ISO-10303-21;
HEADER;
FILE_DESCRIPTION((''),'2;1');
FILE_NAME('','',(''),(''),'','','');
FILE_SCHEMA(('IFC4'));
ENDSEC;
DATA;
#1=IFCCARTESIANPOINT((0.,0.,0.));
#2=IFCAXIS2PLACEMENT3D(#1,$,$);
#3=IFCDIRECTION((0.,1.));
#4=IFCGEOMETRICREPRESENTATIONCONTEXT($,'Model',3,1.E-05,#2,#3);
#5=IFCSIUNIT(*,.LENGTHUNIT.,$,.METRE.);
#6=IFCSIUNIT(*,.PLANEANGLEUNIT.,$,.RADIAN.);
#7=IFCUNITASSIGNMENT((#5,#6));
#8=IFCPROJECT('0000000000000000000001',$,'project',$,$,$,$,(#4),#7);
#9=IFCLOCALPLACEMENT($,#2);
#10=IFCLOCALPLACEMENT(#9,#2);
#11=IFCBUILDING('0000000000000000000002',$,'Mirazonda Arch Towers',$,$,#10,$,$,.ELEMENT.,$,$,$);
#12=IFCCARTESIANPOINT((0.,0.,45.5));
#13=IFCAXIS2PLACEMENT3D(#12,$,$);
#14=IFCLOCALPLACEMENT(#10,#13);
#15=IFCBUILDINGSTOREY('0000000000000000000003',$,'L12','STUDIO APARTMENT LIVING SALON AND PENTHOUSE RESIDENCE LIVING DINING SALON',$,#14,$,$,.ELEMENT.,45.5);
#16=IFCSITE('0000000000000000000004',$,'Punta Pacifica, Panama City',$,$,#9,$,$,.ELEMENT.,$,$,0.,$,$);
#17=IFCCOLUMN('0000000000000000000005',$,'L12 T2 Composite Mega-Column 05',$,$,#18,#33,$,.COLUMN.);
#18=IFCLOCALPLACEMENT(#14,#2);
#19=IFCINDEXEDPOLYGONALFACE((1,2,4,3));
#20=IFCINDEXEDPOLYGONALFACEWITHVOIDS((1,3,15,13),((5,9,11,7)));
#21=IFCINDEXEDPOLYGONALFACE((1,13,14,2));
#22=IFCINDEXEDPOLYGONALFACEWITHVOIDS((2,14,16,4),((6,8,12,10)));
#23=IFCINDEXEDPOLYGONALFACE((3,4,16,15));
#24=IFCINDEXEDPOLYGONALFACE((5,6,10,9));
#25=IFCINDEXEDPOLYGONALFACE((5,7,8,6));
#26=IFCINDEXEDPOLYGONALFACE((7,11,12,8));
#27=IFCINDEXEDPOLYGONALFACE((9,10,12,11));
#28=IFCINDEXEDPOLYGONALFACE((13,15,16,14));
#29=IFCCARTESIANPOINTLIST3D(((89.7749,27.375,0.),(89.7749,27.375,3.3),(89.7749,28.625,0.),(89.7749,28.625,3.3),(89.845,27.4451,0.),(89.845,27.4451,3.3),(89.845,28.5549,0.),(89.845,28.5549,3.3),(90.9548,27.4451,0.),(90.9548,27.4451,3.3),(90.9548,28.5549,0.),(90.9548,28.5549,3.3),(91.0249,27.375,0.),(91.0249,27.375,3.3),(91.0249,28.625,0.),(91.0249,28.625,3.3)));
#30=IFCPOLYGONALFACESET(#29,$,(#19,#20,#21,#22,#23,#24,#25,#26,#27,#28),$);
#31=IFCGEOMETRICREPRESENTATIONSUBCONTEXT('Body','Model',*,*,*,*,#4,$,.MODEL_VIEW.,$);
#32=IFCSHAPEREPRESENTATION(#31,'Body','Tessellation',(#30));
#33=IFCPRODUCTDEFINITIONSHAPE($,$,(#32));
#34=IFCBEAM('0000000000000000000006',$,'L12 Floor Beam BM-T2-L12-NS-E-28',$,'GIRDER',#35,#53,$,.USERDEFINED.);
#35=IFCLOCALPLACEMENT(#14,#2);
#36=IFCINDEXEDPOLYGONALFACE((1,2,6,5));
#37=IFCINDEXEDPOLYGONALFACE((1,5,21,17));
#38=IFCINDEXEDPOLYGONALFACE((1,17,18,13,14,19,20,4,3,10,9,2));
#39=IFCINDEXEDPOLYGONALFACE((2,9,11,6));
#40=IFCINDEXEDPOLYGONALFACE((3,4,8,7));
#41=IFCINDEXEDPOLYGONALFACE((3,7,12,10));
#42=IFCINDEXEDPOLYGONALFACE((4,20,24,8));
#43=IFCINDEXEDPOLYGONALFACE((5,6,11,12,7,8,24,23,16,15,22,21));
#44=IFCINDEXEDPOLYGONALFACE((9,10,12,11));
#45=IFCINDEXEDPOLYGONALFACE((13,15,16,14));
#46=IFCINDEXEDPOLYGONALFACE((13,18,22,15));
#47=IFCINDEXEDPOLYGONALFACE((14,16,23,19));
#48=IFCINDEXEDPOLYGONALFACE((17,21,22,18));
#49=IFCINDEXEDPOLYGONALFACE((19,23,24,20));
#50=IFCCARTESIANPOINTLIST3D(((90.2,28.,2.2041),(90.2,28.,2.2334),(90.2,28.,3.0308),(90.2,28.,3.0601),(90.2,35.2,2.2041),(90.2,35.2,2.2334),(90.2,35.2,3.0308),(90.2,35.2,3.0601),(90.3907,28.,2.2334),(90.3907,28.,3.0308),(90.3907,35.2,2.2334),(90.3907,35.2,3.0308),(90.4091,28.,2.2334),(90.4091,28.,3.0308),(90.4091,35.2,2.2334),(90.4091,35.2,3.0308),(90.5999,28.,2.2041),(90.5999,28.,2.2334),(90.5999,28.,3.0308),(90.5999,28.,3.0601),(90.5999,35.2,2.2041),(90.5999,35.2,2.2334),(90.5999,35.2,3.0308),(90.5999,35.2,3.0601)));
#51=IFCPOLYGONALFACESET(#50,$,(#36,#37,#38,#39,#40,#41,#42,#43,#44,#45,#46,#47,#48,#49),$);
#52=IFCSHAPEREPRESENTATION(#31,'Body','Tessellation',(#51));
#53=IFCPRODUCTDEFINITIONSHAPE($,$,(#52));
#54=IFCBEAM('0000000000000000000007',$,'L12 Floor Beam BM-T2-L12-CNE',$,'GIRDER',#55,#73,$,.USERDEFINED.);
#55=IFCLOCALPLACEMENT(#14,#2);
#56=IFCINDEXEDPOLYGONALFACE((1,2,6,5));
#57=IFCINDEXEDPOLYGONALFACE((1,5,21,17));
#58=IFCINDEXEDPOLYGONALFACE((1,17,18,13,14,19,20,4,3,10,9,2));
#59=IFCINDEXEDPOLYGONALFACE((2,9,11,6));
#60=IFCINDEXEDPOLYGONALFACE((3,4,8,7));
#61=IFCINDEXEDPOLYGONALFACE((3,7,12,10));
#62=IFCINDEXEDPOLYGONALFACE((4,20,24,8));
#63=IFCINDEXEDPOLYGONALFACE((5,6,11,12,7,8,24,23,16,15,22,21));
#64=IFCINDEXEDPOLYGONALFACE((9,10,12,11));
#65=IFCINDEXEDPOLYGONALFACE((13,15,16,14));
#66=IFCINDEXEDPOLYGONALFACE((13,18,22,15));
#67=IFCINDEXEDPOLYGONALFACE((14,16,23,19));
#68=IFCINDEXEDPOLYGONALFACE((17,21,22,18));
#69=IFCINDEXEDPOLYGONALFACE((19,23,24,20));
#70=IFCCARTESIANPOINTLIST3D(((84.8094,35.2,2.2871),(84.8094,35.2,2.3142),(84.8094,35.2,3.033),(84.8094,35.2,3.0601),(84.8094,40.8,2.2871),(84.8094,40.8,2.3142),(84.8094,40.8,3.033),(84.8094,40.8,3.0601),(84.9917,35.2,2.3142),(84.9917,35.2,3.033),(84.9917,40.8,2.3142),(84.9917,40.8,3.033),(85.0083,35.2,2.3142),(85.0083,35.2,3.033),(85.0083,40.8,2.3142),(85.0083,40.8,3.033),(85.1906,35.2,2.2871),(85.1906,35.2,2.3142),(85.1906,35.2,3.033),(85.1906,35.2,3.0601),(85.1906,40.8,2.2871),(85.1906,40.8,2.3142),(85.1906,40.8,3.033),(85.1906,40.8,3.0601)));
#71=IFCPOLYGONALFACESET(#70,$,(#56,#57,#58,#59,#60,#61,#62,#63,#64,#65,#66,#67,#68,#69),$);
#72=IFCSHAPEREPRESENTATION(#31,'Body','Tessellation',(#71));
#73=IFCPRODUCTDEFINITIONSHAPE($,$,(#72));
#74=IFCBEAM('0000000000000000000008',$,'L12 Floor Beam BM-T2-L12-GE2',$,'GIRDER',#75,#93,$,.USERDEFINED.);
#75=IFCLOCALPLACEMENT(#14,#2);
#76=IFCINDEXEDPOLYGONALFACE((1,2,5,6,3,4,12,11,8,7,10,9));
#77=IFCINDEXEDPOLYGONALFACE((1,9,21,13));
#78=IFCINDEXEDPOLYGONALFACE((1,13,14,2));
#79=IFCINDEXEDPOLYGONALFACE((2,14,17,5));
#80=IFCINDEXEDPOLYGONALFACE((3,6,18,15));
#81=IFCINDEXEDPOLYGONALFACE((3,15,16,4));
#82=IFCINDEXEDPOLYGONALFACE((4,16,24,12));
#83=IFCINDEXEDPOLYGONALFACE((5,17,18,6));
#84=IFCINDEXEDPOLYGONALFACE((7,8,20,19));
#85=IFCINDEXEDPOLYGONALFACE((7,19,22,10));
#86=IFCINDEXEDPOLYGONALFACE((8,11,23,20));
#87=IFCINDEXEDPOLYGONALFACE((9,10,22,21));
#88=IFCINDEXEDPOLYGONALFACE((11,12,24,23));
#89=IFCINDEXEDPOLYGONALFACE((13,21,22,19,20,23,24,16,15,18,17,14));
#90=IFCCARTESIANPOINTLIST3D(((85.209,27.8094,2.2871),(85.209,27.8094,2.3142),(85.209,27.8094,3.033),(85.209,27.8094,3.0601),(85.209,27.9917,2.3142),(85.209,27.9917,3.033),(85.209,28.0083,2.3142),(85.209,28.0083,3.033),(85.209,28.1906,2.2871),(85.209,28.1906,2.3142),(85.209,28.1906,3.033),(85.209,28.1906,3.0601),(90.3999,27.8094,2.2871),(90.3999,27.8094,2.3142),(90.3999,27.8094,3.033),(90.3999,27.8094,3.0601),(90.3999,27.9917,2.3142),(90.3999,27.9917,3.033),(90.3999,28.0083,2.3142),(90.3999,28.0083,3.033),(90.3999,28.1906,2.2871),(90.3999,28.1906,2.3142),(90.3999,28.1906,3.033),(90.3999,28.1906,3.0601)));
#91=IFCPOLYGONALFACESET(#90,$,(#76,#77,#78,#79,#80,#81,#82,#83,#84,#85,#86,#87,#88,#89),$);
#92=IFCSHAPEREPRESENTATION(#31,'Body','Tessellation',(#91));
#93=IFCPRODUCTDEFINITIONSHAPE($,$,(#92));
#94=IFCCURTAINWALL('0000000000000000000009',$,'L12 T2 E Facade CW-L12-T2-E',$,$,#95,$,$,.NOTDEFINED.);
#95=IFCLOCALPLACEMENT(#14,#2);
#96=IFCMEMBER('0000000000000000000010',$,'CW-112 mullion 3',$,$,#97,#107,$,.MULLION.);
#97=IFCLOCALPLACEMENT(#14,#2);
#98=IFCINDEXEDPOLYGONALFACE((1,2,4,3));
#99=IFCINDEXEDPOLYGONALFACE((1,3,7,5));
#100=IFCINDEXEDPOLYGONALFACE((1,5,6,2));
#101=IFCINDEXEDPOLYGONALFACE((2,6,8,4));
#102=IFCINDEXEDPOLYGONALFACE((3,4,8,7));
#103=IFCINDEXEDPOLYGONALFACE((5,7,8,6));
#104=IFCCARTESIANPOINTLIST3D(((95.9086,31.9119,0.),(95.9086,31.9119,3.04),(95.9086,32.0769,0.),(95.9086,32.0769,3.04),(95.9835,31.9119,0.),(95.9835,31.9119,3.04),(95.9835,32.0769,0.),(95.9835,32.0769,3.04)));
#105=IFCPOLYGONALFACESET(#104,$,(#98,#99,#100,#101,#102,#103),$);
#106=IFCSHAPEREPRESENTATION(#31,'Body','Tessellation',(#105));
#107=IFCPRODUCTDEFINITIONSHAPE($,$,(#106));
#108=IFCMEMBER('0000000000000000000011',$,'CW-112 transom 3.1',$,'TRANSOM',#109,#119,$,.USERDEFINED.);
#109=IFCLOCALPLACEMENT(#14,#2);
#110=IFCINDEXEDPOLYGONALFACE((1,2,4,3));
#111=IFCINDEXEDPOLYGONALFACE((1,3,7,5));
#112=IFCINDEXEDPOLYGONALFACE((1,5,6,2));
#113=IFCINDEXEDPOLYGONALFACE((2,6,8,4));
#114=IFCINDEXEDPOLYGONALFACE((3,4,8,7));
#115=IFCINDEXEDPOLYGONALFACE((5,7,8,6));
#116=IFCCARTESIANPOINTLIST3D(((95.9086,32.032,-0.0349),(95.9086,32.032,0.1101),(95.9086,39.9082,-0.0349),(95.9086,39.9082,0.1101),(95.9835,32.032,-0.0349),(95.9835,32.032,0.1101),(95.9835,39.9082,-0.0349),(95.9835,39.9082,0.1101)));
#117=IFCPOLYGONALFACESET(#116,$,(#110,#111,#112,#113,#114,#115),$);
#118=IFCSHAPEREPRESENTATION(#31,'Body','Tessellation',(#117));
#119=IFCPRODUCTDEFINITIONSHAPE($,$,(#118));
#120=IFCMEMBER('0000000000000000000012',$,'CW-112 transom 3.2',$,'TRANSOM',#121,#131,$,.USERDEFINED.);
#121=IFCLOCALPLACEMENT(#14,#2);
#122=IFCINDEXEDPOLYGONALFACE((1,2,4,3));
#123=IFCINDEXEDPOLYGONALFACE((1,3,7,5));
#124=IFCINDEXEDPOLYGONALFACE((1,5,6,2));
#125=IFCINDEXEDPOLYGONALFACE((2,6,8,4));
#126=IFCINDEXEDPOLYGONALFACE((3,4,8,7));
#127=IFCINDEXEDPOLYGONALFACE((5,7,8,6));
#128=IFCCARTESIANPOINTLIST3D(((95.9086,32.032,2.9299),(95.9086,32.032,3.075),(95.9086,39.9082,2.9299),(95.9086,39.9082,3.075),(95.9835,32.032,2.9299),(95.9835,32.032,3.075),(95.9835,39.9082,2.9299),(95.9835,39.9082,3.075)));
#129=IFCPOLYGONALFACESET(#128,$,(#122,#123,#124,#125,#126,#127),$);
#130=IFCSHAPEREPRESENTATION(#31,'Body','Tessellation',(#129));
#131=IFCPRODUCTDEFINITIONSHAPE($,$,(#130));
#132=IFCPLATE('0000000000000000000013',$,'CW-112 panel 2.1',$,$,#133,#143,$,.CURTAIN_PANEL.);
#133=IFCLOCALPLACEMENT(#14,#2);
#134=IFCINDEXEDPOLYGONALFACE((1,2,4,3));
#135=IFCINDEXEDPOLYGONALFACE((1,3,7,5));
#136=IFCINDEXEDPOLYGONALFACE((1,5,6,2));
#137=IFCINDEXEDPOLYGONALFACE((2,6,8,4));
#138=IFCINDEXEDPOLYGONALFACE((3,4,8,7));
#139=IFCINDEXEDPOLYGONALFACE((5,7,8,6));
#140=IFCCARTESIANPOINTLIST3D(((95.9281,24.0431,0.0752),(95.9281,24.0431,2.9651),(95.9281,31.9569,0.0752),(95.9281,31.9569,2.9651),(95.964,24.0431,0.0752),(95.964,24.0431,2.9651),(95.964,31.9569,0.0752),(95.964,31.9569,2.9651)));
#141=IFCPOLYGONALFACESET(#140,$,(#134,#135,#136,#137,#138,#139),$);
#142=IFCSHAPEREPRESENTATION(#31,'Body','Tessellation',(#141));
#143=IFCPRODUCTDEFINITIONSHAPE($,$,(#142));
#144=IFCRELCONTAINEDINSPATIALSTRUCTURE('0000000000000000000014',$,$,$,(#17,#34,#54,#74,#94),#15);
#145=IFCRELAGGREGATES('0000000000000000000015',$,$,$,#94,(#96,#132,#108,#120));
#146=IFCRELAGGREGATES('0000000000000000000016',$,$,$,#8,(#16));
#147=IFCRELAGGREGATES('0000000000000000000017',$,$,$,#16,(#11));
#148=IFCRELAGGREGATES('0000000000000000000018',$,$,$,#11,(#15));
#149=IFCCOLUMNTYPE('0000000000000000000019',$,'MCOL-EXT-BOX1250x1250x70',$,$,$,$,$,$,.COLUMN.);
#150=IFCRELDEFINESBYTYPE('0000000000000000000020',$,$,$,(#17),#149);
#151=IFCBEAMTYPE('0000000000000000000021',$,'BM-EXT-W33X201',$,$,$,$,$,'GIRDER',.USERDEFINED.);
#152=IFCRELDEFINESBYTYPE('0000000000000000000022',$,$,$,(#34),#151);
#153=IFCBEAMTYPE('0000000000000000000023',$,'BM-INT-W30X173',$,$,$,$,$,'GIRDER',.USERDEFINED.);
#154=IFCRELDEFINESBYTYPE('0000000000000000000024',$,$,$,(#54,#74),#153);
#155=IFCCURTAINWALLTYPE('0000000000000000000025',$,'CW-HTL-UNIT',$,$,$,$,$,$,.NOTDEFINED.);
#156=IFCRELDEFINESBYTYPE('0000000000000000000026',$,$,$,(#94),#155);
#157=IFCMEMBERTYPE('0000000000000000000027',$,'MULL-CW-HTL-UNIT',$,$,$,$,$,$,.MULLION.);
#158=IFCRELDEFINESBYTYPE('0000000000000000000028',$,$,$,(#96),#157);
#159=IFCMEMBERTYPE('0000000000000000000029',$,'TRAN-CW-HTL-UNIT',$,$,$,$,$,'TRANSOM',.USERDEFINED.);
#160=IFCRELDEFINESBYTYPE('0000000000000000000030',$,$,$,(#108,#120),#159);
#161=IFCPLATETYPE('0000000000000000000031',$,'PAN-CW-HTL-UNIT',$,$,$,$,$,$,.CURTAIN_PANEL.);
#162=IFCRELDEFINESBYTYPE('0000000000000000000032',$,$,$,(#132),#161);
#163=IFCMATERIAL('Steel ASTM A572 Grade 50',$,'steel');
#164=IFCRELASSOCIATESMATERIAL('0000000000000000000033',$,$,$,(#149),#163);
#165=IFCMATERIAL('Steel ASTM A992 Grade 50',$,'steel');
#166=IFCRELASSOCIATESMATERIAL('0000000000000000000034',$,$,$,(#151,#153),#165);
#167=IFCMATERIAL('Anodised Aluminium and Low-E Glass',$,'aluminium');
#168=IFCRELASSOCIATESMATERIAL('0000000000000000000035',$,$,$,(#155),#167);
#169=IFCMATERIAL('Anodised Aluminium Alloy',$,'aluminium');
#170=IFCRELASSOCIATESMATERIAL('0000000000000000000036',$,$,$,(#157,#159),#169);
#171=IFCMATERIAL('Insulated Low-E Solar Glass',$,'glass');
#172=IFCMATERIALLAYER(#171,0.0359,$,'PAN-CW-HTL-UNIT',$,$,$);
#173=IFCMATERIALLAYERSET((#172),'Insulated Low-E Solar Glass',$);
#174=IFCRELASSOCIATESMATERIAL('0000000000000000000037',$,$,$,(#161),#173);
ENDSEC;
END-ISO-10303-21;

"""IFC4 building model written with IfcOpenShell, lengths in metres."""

from ifc_helpers import new_model, si_unit, direction, frame, origin, origin_2d, place, context, subcontext, project, spatial, rectangle, hollow_rectangle, i_section, extrude, material, layer, layer_set, material_profile, profile_set, type_object, element, aggregate, save


model = new_model("IFC4")

# Units and contexts
model_context = context("Model", 3, precision=1e-05, world=origin(), true_north=direction((0.0, 1.0)))
body_context = subcontext(model_context, "Body", "Model", "MODEL_VIEW")
ifc_project = project(units=[si_unit("LENGTHUNIT", "METRE"), si_unit("PLANEANGLEUNIT", "RADIAN")], contexts=[model_context])

# Site, building, storey
site_placement = place(None, origin())
site = spatial("IfcSite", under=ifc_project, at=site_placement, Name="Punta Pacifica, Panama City", CompositionType="ELEMENT", RefElevation=0.0)
building_placement = place(site_placement, origin())
building = spatial("IfcBuilding", under=site, at=building_placement, Name="Mirazonda Arch Towers", CompositionType="ELEMENT")
storey_placement = place(building_placement, frame((0.0, 0.0, 45.5)))
storey = spatial("IfcBuildingStorey", under=building, at=storey_placement, Name="L12", Description="STUDIO APARTMENT LIVING SALON AND PENTHOUSE RESIDENCE LIVING DINING SALON", CompositionType="ELEMENT", Elevation=45.5)

# Column
ifc_material_1 = material(Name="Steel ASTM A572 Grade 50", Category="steel")
ifc_material_profile_1 = material_profile(ifc_material_1, hollow_rectangle(XDim=1.25, YDim=1.25, WallThickness=0.0701, at=origin_2d()), Name="BOX1250x1250x70")
ifc_profile_set_1 = profile_set([ifc_material_profile_1], Name="Steel ASTM A572 Grade 50")
column_type = type_object("IfcColumnType", Name="MCOL-EXT-BOX1250x1250x70", PredefinedType="COLUMN", material=ifc_profile_set_1)
column_placement = place(storey_placement, frame((90.3999, 28.0, 0.0), z_axis=(0.0, 0.0, 1.0), x_axis=(1.0, 0.0, 0.0)))
element("IfcColumn", 1, at=column_placement, inside=storey, type_object=column_type, Name="L12 T2 Composite Mega-Column 05", PredefinedType="COLUMN", context=body_context, shape_type="SweptSolid", body=[
    extrude(hollow_rectangle(XDim=1.25, YDim=1.25, WallThickness=0.0701, at=origin_2d()), origin(), (0.0, 0.0, 1.0), 3.3),
])

# Beams
ifc_material_2 = material(Name="Steel ASTM A992 Grade 50", Category="steel")
ifc_material_profile_2 = material_profile(ifc_material_2, i_section(OverallWidth=0.3999, OverallDepth=0.856, WebThickness=0.0183, FlangeThickness=0.0293, at=origin_2d()), Name="W33X201")
ifc_profile_set_2 = profile_set([ifc_material_profile_2], Name="Steel ASTM A992 Grade 50")
beam_type_1 = type_object("IfcBeamType", Name="BM-EXT-W33X201", ElementType="GIRDER", PredefinedType="USERDEFINED", material=ifc_profile_set_2)
beam_1_placement = place(storey_placement, frame((90.3999, 28.0, 2.6321), z_axis=(0.0, 1.0, 0.0), x_axis=(-1.0, 0.0, 0.0)))
element("IfcBeam", 2, at=beam_1_placement, inside=storey, type_object=beam_type_1, Name="L12 Floor Beam BM-T2-L12-NS-E-28", ObjectType="GIRDER", PredefinedType="USERDEFINED", context=body_context, shape_type="SweptSolid", body=[
    extrude(i_section(OverallWidth=0.3999, OverallDepth=0.856, WebThickness=0.0183, FlangeThickness=0.0293, at=origin_2d()), origin(), (0.0, 0.0, 1.0), 7.2),
])
ifc_material_profile_3 = material_profile(ifc_material_2, i_section(OverallWidth=0.3811, OverallDepth=0.7729, WebThickness=0.0166, FlangeThickness=0.0271, at=origin_2d()), Name="W30X173")
ifc_profile_set_3 = profile_set([ifc_material_profile_3], Name="Steel ASTM A992 Grade 50")
beam_type_2 = type_object("IfcBeamType", Name="BM-INT-W30X173", ElementType="GIRDER", PredefinedType="USERDEFINED", material=ifc_profile_set_3)
beam_2_placement = place(storey_placement, frame((85.0, 35.2, 2.6736), z_axis=(0.0, 1.0, 0.0), x_axis=(-1.0, 0.0, 0.0)))
element("IfcBeam", 3, at=beam_2_placement, inside=storey, type_object=beam_type_2, Name="L12 Floor Beam BM-T2-L12-CNE", ObjectType="GIRDER", PredefinedType="USERDEFINED", context=body_context, shape_type="SweptSolid", body=[
    extrude(i_section(OverallWidth=0.3811, OverallDepth=0.7729, WebThickness=0.0166, FlangeThickness=0.0271, at=origin_2d()), origin(), (0.0, 0.0, 1.0), 5.6001),
])
beam_3_placement = place(storey_placement, frame((85.209, 28.0, 2.6736), z_axis=(1.0, 0.0, 0.0), x_axis=(0.0, 1.0, 0.0)))
element("IfcBeam", 4, at=beam_3_placement, inside=storey, type_object=beam_type_2, Name="L12 Floor Beam BM-T2-L12-GE2", ObjectType="GIRDER", PredefinedType="USERDEFINED", context=body_context, shape_type="SweptSolid", body=[
    extrude(i_section(OverallWidth=0.3811, OverallDepth=0.7729, WebThickness=0.0166, FlangeThickness=0.0271, at=origin_2d()), origin(), (0.0, 0.0, 1.0), 5.1909),
])

# Curtain wall, members, plate
ifc_material_3 = material(Name="Anodised Aluminium and Low-E Glass", Category="aluminium")
curtain_wall_type = type_object("IfcCurtainWallType", Name="CW-HTL-UNIT", PredefinedType="NOTDEFINED", material=ifc_material_3)
curtain_wall_placement = place(storey_placement, origin())
curtain_wall = element("IfcCurtainWall", 5, at=curtain_wall_placement, inside=storey, type_object=curtain_wall_type, Name="L12 T2 E Facade CW-L12-T2-E", PredefinedType="NOTDEFINED")
ifc_material_4 = material(Name="Anodised Aluminium Alloy", Category="aluminium")
ifc_material_profile_4 = material_profile(ifc_material_4, rectangle(XDim=0.075, YDim=0.165, at=origin_2d()), Name="ALU-MULL-75x165")
ifc_profile_set_4 = profile_set([ifc_material_profile_4], Name="Anodised Aluminium Alloy")
member_type_1 = type_object("IfcMemberType", Name="MULL-CW-HTL-UNIT", PredefinedType="MULLION", material=ifc_profile_set_4)
member_1_placement = place(storey_placement, frame((95.946, 31.9944, 0.0), z_axis=(0.0, 0.0, 1.0), x_axis=(-1.0, 0.0, 0.0)))
member_1 = element("IfcMember", 6, at=member_1_placement, type_object=member_type_1, Name="CW-112 mullion 3", PredefinedType="MULLION", context=body_context, shape_type="SweptSolid", body=[
    extrude(rectangle(XDim=0.075, YDim=0.165, at=origin_2d()), origin(), (0.0, 0.0, 1.0), 3.04),
])
ifc_material_profile_5 = material_profile(ifc_material_4, rectangle(XDim=0.075, YDim=0.145, at=origin_2d()), Name="ALU-TRAN-75x145")
ifc_profile_set_5 = profile_set([ifc_material_profile_5], Name="Anodised Aluminium Alloy")
member_type_2 = type_object("IfcMemberType", Name="TRAN-CW-HTL-UNIT", ElementType="TRANSOM", PredefinedType="USERDEFINED", material=ifc_profile_set_5)
member_2_placement = place(storey_placement, frame((95.946, 32.032, 0.0376), z_axis=(0.0, 1.0, 0.0), x_axis=(-1.0, 0.0, 0.0)))
member_2 = element("IfcMember", 7, at=member_2_placement, type_object=member_type_2, Name="CW-112 transom 3.1", ObjectType="TRANSOM", PredefinedType="USERDEFINED", context=body_context, shape_type="SweptSolid", body=[
    extrude(rectangle(XDim=0.075, YDim=0.145, at=origin_2d()), origin(), (0.0, 0.0, 1.0), 7.8762),
])
member_3_placement = place(storey_placement, frame((95.946, 32.032, 3.0024), z_axis=(0.0, 1.0, 0.0), x_axis=(-1.0, 0.0, 0.0)))
member_3 = element("IfcMember", 8, at=member_3_placement, type_object=member_type_2, Name="CW-112 transom 3.2", ObjectType="TRANSOM", PredefinedType="USERDEFINED", context=body_context, shape_type="SweptSolid", body=[
    extrude(rectangle(XDim=0.075, YDim=0.145, at=origin_2d()), origin(), (0.0, 0.0, 1.0), 7.8762),
])
ifc_material_5 = material(Name="Insulated Low-E Solar Glass", Category="glass")
ifc_layer_1 = layer(ifc_material_5, 0.0359, Name="PAN-CW-HTL-UNIT")
ifc_layer_set_1 = layer_set([ifc_layer_1], Name="Insulated Low-E Solar Glass")
plate_type = type_object("IfcPlateType", Name="PAN-CW-HTL-UNIT", PredefinedType="CURTAIN_PANEL", material=ifc_layer_set_1)
plate_placement = place(storey_placement, frame((95.946, 28.0, 0.0752), z_axis=(0.0, 0.0, 1.0), x_axis=(0.0, 1.0, 0.0)))
plate = element("IfcPlate", 9, at=plate_placement, type_object=plate_type, Name="CW-112 panel 2.1", PredefinedType="CURTAIN_PANEL", context=body_context, shape_type="SweptSolid", body=[
    extrude(rectangle(XDim=7.9138, YDim=0.0359, at=origin_2d()), origin(), (0.0, 0.0, 1.0), 2.8899),
])
aggregate(curtain_wall, [member_1, plate, member_2, member_3])

save(model, "model.ifc")
